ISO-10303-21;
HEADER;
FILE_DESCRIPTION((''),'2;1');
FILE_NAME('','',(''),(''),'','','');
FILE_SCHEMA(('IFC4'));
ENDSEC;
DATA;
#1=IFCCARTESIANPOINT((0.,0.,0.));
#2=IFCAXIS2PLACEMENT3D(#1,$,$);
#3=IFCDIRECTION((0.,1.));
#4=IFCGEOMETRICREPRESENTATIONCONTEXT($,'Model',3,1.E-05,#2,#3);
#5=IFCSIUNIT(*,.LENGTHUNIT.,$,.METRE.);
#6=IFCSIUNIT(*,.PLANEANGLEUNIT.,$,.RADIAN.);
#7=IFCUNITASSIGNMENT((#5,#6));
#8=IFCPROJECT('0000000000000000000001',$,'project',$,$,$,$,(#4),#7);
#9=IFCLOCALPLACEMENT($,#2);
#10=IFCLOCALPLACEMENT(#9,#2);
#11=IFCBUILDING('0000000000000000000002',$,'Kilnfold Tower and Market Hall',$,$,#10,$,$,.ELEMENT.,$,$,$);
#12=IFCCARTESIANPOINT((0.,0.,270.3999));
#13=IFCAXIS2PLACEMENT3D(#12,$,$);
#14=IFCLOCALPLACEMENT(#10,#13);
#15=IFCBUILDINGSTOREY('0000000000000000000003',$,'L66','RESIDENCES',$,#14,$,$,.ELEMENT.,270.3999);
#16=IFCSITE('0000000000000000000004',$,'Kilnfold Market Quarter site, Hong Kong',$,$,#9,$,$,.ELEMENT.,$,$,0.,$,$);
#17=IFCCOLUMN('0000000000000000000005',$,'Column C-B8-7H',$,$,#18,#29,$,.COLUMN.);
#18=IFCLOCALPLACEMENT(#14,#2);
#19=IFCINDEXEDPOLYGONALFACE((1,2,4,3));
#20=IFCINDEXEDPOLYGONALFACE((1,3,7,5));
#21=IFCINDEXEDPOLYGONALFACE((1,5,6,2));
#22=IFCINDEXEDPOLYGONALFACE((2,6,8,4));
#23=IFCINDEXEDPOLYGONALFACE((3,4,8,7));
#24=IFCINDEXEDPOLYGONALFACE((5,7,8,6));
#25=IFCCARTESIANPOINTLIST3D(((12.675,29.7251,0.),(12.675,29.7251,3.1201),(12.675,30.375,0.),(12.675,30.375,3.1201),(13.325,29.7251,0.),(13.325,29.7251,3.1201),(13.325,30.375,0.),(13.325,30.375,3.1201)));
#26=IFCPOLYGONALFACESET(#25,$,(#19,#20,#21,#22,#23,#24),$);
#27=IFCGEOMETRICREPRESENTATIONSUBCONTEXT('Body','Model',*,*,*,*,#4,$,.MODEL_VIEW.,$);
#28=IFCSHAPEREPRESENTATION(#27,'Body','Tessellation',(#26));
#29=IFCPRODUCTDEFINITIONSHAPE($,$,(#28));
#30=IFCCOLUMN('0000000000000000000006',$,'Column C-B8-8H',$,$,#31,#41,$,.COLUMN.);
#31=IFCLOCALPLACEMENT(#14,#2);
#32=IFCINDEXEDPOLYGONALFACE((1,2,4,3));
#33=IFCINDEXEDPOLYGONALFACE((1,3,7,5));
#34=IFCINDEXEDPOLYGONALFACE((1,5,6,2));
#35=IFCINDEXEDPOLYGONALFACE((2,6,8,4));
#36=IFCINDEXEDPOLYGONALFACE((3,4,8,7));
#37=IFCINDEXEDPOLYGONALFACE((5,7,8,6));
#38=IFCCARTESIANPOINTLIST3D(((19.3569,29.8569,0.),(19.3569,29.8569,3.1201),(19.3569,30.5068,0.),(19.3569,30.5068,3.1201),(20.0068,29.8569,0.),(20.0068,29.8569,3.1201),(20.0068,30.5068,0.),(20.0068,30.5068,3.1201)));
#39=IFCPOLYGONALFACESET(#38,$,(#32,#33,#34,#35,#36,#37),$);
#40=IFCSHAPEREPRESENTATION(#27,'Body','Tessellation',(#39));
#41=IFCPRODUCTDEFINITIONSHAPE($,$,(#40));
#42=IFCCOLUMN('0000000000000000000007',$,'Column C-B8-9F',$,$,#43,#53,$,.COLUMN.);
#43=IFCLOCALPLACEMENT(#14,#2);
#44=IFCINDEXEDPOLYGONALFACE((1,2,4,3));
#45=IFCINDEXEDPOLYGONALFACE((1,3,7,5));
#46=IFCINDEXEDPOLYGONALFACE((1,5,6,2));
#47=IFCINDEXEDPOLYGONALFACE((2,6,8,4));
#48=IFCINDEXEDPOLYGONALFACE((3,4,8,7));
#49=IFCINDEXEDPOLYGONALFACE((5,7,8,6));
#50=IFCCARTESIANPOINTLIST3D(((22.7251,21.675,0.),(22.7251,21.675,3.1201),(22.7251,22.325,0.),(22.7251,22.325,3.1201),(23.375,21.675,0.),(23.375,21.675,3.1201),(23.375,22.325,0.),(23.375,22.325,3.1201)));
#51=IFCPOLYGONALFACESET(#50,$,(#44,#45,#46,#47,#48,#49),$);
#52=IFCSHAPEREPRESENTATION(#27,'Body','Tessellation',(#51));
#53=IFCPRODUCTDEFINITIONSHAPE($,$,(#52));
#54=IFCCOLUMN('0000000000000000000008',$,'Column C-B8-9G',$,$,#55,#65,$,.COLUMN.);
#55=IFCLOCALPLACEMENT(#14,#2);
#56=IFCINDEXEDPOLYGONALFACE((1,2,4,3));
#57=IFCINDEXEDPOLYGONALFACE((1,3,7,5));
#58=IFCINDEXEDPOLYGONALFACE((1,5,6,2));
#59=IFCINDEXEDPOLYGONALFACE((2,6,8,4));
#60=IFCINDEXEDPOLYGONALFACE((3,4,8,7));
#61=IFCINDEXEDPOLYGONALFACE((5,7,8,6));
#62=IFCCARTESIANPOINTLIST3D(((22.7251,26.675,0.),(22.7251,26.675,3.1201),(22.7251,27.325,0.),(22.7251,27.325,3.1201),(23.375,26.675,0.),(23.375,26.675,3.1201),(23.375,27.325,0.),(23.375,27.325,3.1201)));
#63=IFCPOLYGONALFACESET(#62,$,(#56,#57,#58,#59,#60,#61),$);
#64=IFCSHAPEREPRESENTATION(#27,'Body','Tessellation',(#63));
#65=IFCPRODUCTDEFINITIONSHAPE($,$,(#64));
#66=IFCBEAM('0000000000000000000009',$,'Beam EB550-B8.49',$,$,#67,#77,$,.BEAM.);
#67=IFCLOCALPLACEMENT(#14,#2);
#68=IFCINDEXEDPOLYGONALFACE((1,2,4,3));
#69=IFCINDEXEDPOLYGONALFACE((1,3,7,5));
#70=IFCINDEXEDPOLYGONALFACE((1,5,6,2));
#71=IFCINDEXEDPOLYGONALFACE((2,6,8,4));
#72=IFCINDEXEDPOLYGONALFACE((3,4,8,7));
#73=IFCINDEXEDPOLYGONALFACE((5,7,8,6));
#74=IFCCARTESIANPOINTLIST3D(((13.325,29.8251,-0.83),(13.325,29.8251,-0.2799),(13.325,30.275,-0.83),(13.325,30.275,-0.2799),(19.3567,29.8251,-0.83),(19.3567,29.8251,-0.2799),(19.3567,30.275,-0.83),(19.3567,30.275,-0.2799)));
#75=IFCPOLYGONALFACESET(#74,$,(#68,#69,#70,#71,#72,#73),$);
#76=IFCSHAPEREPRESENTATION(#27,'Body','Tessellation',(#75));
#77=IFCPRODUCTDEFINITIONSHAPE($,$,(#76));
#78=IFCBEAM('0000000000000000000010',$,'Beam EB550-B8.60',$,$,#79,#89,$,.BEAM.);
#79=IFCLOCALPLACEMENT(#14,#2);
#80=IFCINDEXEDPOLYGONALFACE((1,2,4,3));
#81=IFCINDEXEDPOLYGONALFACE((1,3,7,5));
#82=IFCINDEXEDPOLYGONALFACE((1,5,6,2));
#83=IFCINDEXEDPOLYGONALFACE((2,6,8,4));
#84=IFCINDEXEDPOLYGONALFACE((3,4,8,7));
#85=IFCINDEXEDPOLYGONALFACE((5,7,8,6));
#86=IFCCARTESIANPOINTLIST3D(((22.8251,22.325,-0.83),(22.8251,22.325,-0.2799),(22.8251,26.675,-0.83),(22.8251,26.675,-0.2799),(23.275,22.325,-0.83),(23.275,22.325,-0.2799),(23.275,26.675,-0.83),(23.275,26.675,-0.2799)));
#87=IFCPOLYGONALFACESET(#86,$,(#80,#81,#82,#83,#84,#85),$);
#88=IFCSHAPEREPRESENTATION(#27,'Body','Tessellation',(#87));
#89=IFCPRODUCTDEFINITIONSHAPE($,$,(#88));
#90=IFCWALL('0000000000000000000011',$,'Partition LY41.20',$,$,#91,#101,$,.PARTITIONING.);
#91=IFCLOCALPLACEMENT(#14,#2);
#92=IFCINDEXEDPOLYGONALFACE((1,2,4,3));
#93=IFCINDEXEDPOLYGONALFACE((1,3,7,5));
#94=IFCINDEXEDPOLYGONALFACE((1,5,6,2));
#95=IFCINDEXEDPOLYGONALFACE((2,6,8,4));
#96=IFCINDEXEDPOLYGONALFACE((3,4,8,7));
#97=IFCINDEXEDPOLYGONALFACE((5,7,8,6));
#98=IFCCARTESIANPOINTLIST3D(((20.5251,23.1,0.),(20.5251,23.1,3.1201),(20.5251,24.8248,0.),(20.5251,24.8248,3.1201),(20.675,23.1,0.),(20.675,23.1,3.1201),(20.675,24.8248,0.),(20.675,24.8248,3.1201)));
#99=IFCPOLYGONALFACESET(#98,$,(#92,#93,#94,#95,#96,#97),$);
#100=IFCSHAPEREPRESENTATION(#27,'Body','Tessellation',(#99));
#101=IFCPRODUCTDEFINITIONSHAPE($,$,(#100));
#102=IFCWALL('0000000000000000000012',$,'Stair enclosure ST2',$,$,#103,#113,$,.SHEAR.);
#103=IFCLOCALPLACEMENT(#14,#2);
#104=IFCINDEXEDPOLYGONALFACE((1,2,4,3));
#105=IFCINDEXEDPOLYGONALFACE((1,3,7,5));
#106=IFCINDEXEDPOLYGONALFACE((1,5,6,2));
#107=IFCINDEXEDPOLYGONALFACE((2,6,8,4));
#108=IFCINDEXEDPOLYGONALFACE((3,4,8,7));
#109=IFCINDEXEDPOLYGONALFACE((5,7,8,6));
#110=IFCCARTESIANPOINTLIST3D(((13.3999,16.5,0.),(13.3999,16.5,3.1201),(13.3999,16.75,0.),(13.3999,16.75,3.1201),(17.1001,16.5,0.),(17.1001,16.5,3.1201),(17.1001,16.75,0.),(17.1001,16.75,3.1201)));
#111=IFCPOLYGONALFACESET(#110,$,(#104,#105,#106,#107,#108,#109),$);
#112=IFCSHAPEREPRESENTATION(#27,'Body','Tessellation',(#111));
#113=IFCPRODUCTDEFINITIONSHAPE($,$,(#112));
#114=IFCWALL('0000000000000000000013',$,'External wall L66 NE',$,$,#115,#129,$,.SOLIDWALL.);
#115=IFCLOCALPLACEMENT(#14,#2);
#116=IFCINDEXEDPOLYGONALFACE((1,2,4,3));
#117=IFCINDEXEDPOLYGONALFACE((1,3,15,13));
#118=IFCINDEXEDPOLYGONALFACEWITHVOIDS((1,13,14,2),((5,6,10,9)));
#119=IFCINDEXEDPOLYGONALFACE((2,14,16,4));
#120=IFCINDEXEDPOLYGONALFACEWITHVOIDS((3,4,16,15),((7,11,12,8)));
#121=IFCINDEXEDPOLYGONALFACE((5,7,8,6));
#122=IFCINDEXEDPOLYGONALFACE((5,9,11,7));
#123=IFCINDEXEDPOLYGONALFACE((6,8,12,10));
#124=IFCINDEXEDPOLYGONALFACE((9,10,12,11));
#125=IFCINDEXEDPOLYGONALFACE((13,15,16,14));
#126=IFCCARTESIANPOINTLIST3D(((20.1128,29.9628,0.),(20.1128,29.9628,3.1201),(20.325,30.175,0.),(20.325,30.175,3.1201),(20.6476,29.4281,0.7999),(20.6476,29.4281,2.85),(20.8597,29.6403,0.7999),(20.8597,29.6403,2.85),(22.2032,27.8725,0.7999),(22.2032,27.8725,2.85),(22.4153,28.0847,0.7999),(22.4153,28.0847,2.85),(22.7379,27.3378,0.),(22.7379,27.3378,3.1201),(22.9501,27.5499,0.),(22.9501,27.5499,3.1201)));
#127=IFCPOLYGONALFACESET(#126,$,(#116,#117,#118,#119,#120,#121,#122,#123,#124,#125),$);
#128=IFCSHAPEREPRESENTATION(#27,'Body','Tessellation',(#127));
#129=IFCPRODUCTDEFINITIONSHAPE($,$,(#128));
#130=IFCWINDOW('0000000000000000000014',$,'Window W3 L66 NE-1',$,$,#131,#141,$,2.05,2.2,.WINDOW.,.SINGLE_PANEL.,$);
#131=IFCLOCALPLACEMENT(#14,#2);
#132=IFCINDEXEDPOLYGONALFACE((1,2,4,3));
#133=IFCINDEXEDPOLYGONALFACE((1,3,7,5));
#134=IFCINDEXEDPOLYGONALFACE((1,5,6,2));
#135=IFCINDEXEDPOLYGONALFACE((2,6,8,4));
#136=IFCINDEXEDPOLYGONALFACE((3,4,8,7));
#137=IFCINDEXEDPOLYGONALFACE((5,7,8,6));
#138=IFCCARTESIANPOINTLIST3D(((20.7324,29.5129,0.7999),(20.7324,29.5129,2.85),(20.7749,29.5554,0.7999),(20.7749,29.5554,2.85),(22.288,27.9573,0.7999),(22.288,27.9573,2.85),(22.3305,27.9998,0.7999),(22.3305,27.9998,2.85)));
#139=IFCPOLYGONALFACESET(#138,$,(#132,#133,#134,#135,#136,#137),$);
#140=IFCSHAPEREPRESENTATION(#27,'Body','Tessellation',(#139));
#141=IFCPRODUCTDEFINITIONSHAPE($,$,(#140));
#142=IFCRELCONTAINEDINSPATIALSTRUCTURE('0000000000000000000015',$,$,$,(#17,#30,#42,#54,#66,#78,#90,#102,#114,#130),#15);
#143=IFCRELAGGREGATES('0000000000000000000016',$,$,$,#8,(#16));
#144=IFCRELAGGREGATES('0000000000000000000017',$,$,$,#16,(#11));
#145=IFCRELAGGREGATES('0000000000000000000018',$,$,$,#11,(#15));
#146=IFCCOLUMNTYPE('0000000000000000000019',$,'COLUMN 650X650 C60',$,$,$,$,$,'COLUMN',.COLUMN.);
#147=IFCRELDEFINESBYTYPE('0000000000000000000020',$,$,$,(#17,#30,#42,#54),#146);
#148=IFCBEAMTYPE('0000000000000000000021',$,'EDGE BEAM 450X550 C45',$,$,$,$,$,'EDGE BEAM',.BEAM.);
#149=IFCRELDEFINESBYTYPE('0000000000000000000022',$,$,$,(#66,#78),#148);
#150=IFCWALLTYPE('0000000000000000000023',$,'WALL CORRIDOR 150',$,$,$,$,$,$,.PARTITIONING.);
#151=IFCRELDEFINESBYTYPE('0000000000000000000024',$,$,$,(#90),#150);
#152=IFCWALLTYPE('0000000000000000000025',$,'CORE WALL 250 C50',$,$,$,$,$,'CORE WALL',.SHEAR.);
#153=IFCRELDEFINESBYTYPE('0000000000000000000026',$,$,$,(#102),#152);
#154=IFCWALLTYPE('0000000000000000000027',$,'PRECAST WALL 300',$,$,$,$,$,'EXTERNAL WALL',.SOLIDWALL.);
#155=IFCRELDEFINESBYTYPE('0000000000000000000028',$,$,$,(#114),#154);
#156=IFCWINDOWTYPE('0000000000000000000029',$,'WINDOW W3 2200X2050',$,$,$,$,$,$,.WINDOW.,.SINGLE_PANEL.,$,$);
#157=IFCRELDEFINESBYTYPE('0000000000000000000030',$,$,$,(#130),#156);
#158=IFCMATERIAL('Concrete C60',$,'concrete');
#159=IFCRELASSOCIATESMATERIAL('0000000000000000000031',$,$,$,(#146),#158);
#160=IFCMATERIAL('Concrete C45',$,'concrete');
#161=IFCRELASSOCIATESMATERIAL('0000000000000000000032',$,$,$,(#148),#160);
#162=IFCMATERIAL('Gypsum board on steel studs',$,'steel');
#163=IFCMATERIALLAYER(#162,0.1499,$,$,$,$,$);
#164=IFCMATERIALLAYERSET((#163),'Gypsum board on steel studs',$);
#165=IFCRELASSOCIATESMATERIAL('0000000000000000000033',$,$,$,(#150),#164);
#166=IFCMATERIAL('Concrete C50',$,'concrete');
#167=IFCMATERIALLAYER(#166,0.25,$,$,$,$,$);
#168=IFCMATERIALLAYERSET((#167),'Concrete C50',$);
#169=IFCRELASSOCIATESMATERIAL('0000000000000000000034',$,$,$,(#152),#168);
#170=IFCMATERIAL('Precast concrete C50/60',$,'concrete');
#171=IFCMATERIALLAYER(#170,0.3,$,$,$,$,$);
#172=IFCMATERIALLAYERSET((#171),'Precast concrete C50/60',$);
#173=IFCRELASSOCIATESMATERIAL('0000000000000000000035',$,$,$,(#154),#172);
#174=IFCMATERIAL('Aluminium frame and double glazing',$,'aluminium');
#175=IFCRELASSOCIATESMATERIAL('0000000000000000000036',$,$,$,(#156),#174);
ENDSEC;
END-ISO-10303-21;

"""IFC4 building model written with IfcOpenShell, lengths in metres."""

from ifc_helpers import new_model, si_unit, direction, frame, frame_2d, origin, origin_2d, place, context, subcontext, project, spatial, rectangle, extrude, source, transform, mapped, material, layer, layer_set, material_profile, profile_set, type_object, element, fill, save


model = new_model("IFC4")

# Units and contexts
model_context = context("Model", 3, precision=1e-05, world=origin(), true_north=direction((0.0, 1.0)))
body_context = subcontext(model_context, "Body", "Model", "MODEL_VIEW")
ifc_project = project(units=[si_unit("LENGTHUNIT", "METRE"), si_unit("PLANEANGLEUNIT", "RADIAN")], contexts=[model_context])

# Site, building, storey
site_placement = place(None, origin())
site = spatial("IfcSite", under=ifc_project, at=site_placement, Name="Kilnfold Market Quarter site, Hong Kong", CompositionType="ELEMENT", RefElevation=0.0)
building_placement = place(site_placement, origin())
building = spatial("IfcBuilding", under=site, at=building_placement, Name="Kilnfold Tower and Market Hall", CompositionType="ELEMENT")
storey_placement = place(building_placement, frame((0.0, 0.0, 270.3999)))
storey = spatial("IfcBuildingStorey", under=building, at=storey_placement, Name="L66", Description="RESIDENCES", CompositionType="ELEMENT", Elevation=270.3999)

# Columns
ifc_material_1 = material(Name="Concrete C60", Category="concrete")
ifc_material_profile_1 = material_profile(ifc_material_1, rectangle(XDim=0.6499, YDim=0.6499, at=origin_2d()), Name="RC 650x650")
ifc_profile_set_1 = profile_set([ifc_material_profile_1], Name="Concrete C60")
column_type = type_object("IfcColumnType", Name="COLUMN 650X650 C60", ElementType="COLUMN", PredefinedType="COLUMN", material=ifc_profile_set_1)
shared_shape_1 = source(origin(), body_context, "Body", "SweptSolid", [
    extrude(rectangle(XDim=0.6499, YDim=0.6499, at=origin_2d()), origin(), (0.0, 0.0, 1.0), 3.1201),
])
for number, where, z_axis, x_axis, name in (
    (1, (13.0, 30.05, 0.0), (0.0, 0.0, 1.0), (1.0, 0.0, 0.0), "Column C-B8-7H"),
    (2, (19.6819, 30.1819, 0.0), (0.0, 0.0, 1.0), (1.0, 0.0, 0.0), "Column C-B8-8H"),
    (3, (23.05, 22.0, 0.0), (0.0, 0.0, 1.0), (1.0, 0.0, 0.0), "Column C-B8-9F"),
    (4, (23.05, 27.0, 0.0), (0.0, 0.0, 1.0), (1.0, 0.0, 0.0), "Column C-B8-9G"),
):
    element("IfcColumn", number, at=place(storey_placement, frame(where, z_axis=z_axis, x_axis=x_axis)), inside=storey, type_object=column_type, Name=name, PredefinedType="COLUMN", context=body_context, shape_type="MappedRepresentation", body=[
        mapped(shared_shape_1, transform((0.0, 0.0, 0.0))),
    ])

# Beams
ifc_material_2 = material(Name="Concrete C45", Category="concrete")
ifc_material_profile_2 = material_profile(ifc_material_2, rectangle(XDim=0.45, YDim=0.55, at=origin_2d()), Name="RC 450x550")
ifc_profile_set_2 = profile_set([ifc_material_profile_2], Name="Concrete C45")
beam_type = type_object("IfcBeamType", Name="EDGE BEAM 450X550 C45", ElementType="EDGE BEAM", PredefinedType="BEAM", material=ifc_profile_set_2)
shared_shape_2 = source(origin(), body_context, "Body", "SweptSolid", [
    extrude(rectangle(XDim=0.45, YDim=0.55, at=origin_2d()), origin(), (0.0, 0.0, 1.0), 6.0317),
])
beam_1_placement = place(storey_placement, frame((13.325, 30.05, -0.5549), z_axis=(1.0, 0.0, 0.0), x_axis=(0.0, 1.0, 0.0)))
element("IfcBeam", 5, at=beam_1_placement, inside=storey, type_object=beam_type, Name="Beam EB550-B8.49", PredefinedType="BEAM", context=body_context, shape_type="MappedRepresentation", body=[
    mapped(shared_shape_2, transform((0.0, 0.0, 0.0))),
])
shared_shape_3 = source(origin(), body_context, "Body", "SweptSolid", [
    extrude(rectangle(XDim=0.45, YDim=0.55, at=origin_2d()), origin(), (0.0, 0.0, 1.0), 4.3501),
])
beam_2_placement = place(storey_placement, frame((23.05, 22.325, -0.5549), z_axis=(0.0, 1.0, 0.0), x_axis=(-1.0, 0.0, 0.0)))
element("IfcBeam", 6, at=beam_2_placement, inside=storey, type_object=beam_type, Name="Beam EB550-B8.60", PredefinedType="BEAM", context=body_context, shape_type="MappedRepresentation", body=[
    mapped(shared_shape_3, transform((0.0, 0.0, 0.0))),
])

# Walls
ifc_material_3 = material(Name="Gypsum board on steel studs", Category="steel")
ifc_layer_1 = layer(ifc_material_3, 0.1499)
ifc_layer_set_1 = layer_set([ifc_layer_1], Name="Gypsum board on steel studs")
wall_type_1 = type_object("IfcWallType", Name="WALL CORRIDOR 150", PredefinedType="PARTITIONING", material=ifc_layer_set_1)
wall_1_placement = place(storey_placement, frame((20.6001, 23.1001, 0.0), z_axis=(0.0, 0.0, 1.0), x_axis=(0.0, 1.0, 0.0)))
element("IfcWall", 7, at=wall_1_placement, inside=storey, type_object=wall_type_1, Name="Partition LY41.20", PredefinedType="PARTITIONING", context=body_context, shape_type="SweptSolid", body=[
    extrude(rectangle(XDim=1.7249, YDim=0.1499, at=frame_2d((0.8623, 0.0))), origin(), (0.0, 0.0, 1.0), 3.1201),
])
ifc_material_4 = material(Name="Concrete C50", Category="concrete")
ifc_layer_2 = layer(ifc_material_4, 0.25)
ifc_layer_set_2 = layer_set([ifc_layer_2], Name="Concrete C50")
wall_type_2 = type_object("IfcWallType", Name="CORE WALL 250 C50", ElementType="CORE WALL", PredefinedType="SHEAR", material=ifc_layer_set_2)
shared_shape_4 = source(origin(), body_context, "Body", "SweptSolid", [
    extrude(rectangle(XDim=3.7002, YDim=0.25, at=frame_2d((1.8501, 0.0))), origin(), (0.0, 0.0, 1.0), 3.1201),
])
wall_2_placement = place(storey_placement, frame((13.3999, 16.625, 0.0), z_axis=(0.0, 0.0, 1.0), x_axis=(1.0, 0.0, 0.0)))
element("IfcWall", 8, at=wall_2_placement, inside=storey, type_object=wall_type_2, Name="Stair enclosure ST2", PredefinedType="SHEAR", context=body_context, shape_type="MappedRepresentation", body=[
    mapped(shared_shape_4, transform((0.0, 0.0, 0.0))),
])

# Wall, opening, window
ifc_material_5 = material(Name="Precast concrete C50/60", Category="concrete")
ifc_layer_3 = layer(ifc_material_5, 0.3)
ifc_layer_set_3 = layer_set([ifc_layer_3], Name="Precast concrete C50/60")
wall_type_3 = type_object("IfcWallType", Name="PRECAST WALL 300", ElementType="EXTERNAL WALL", PredefinedType="SOLIDWALL", material=ifc_layer_set_3)
shared_shape_5 = source(origin(), body_context, "Body", "SweptSolid", [
    extrude(rectangle(XDim=3.7124, YDim=0.3, at=frame_2d((1.8562, 0.0))), origin(), (0.0, 0.0, 1.0), 3.1201),
])
wall_3_placement = place(storey_placement, frame((22.844, 27.4438, 0.0), z_axis=(0.0, 0.0, 1.0), x_axis=(-0.707107, 0.707107, 0.0)))
wall_3 = element("IfcWall", 9, at=wall_3_placement, inside=storey, type_object=wall_type_3, Name="External wall L66 NE", PredefinedType="SOLIDWALL", context=body_context, shape_type="MappedRepresentation", body=[
    mapped(shared_shape_5, transform((0.0, 0.0, 0.0))),
])
opening_1_placement = place(wall_3_placement, frame((0.7561, 0.0, 0.8)))
opening_1 = element("IfcOpeningElement", 10, at=opening_1_placement, cuts=wall_3, PredefinedType="OPENING", context=body_context, shape_type="SweptSolid", body=[
    extrude(rectangle(XDim=2.2, YDim=2.05, at=frame_2d((1.1001, 1.0249))), frame((0.0, 0.1602, 0.0), z_axis=(0.0, -1.0, 0.0), x_axis=(1.0, 0.0, 0.0)), (0.0, 0.0, 1.0), 0.3201),
])
ifc_material_6 = material(Name="Aluminium frame and double glazing", Category="aluminium")
window_type_1 = type_object("IfcWindowType", Name="WINDOW W3 2200X2050", PartitioningType="SINGLE_PANEL", PredefinedType="WINDOW", material=ifc_material_6)
window_1_placement = place(opening_1_placement, origin())
window_1 = element("IfcWindow", 11, at=window_1_placement, inside=storey, type_object=window_type_1, Name="Window W3 L66 NE-1", OverallHeight=2.05, OverallWidth=2.2, PartitioningType="SINGLE_PANEL", PredefinedType="WINDOW", context=body_context, shape_type="SweptSolid", body=[
    extrude(rectangle(XDim=2.2, YDim=2.05, at=frame_2d((1.1001, 1.0249))), frame((0.0, 0.03, 0.0), z_axis=(0.0, -1.0, 0.0), x_axis=(1.0, 0.0, 0.0)), (0.0, 0.0, 1.0), 0.0601),
])
fill(opening_1, window_1)

save(model, "model.ifc")
